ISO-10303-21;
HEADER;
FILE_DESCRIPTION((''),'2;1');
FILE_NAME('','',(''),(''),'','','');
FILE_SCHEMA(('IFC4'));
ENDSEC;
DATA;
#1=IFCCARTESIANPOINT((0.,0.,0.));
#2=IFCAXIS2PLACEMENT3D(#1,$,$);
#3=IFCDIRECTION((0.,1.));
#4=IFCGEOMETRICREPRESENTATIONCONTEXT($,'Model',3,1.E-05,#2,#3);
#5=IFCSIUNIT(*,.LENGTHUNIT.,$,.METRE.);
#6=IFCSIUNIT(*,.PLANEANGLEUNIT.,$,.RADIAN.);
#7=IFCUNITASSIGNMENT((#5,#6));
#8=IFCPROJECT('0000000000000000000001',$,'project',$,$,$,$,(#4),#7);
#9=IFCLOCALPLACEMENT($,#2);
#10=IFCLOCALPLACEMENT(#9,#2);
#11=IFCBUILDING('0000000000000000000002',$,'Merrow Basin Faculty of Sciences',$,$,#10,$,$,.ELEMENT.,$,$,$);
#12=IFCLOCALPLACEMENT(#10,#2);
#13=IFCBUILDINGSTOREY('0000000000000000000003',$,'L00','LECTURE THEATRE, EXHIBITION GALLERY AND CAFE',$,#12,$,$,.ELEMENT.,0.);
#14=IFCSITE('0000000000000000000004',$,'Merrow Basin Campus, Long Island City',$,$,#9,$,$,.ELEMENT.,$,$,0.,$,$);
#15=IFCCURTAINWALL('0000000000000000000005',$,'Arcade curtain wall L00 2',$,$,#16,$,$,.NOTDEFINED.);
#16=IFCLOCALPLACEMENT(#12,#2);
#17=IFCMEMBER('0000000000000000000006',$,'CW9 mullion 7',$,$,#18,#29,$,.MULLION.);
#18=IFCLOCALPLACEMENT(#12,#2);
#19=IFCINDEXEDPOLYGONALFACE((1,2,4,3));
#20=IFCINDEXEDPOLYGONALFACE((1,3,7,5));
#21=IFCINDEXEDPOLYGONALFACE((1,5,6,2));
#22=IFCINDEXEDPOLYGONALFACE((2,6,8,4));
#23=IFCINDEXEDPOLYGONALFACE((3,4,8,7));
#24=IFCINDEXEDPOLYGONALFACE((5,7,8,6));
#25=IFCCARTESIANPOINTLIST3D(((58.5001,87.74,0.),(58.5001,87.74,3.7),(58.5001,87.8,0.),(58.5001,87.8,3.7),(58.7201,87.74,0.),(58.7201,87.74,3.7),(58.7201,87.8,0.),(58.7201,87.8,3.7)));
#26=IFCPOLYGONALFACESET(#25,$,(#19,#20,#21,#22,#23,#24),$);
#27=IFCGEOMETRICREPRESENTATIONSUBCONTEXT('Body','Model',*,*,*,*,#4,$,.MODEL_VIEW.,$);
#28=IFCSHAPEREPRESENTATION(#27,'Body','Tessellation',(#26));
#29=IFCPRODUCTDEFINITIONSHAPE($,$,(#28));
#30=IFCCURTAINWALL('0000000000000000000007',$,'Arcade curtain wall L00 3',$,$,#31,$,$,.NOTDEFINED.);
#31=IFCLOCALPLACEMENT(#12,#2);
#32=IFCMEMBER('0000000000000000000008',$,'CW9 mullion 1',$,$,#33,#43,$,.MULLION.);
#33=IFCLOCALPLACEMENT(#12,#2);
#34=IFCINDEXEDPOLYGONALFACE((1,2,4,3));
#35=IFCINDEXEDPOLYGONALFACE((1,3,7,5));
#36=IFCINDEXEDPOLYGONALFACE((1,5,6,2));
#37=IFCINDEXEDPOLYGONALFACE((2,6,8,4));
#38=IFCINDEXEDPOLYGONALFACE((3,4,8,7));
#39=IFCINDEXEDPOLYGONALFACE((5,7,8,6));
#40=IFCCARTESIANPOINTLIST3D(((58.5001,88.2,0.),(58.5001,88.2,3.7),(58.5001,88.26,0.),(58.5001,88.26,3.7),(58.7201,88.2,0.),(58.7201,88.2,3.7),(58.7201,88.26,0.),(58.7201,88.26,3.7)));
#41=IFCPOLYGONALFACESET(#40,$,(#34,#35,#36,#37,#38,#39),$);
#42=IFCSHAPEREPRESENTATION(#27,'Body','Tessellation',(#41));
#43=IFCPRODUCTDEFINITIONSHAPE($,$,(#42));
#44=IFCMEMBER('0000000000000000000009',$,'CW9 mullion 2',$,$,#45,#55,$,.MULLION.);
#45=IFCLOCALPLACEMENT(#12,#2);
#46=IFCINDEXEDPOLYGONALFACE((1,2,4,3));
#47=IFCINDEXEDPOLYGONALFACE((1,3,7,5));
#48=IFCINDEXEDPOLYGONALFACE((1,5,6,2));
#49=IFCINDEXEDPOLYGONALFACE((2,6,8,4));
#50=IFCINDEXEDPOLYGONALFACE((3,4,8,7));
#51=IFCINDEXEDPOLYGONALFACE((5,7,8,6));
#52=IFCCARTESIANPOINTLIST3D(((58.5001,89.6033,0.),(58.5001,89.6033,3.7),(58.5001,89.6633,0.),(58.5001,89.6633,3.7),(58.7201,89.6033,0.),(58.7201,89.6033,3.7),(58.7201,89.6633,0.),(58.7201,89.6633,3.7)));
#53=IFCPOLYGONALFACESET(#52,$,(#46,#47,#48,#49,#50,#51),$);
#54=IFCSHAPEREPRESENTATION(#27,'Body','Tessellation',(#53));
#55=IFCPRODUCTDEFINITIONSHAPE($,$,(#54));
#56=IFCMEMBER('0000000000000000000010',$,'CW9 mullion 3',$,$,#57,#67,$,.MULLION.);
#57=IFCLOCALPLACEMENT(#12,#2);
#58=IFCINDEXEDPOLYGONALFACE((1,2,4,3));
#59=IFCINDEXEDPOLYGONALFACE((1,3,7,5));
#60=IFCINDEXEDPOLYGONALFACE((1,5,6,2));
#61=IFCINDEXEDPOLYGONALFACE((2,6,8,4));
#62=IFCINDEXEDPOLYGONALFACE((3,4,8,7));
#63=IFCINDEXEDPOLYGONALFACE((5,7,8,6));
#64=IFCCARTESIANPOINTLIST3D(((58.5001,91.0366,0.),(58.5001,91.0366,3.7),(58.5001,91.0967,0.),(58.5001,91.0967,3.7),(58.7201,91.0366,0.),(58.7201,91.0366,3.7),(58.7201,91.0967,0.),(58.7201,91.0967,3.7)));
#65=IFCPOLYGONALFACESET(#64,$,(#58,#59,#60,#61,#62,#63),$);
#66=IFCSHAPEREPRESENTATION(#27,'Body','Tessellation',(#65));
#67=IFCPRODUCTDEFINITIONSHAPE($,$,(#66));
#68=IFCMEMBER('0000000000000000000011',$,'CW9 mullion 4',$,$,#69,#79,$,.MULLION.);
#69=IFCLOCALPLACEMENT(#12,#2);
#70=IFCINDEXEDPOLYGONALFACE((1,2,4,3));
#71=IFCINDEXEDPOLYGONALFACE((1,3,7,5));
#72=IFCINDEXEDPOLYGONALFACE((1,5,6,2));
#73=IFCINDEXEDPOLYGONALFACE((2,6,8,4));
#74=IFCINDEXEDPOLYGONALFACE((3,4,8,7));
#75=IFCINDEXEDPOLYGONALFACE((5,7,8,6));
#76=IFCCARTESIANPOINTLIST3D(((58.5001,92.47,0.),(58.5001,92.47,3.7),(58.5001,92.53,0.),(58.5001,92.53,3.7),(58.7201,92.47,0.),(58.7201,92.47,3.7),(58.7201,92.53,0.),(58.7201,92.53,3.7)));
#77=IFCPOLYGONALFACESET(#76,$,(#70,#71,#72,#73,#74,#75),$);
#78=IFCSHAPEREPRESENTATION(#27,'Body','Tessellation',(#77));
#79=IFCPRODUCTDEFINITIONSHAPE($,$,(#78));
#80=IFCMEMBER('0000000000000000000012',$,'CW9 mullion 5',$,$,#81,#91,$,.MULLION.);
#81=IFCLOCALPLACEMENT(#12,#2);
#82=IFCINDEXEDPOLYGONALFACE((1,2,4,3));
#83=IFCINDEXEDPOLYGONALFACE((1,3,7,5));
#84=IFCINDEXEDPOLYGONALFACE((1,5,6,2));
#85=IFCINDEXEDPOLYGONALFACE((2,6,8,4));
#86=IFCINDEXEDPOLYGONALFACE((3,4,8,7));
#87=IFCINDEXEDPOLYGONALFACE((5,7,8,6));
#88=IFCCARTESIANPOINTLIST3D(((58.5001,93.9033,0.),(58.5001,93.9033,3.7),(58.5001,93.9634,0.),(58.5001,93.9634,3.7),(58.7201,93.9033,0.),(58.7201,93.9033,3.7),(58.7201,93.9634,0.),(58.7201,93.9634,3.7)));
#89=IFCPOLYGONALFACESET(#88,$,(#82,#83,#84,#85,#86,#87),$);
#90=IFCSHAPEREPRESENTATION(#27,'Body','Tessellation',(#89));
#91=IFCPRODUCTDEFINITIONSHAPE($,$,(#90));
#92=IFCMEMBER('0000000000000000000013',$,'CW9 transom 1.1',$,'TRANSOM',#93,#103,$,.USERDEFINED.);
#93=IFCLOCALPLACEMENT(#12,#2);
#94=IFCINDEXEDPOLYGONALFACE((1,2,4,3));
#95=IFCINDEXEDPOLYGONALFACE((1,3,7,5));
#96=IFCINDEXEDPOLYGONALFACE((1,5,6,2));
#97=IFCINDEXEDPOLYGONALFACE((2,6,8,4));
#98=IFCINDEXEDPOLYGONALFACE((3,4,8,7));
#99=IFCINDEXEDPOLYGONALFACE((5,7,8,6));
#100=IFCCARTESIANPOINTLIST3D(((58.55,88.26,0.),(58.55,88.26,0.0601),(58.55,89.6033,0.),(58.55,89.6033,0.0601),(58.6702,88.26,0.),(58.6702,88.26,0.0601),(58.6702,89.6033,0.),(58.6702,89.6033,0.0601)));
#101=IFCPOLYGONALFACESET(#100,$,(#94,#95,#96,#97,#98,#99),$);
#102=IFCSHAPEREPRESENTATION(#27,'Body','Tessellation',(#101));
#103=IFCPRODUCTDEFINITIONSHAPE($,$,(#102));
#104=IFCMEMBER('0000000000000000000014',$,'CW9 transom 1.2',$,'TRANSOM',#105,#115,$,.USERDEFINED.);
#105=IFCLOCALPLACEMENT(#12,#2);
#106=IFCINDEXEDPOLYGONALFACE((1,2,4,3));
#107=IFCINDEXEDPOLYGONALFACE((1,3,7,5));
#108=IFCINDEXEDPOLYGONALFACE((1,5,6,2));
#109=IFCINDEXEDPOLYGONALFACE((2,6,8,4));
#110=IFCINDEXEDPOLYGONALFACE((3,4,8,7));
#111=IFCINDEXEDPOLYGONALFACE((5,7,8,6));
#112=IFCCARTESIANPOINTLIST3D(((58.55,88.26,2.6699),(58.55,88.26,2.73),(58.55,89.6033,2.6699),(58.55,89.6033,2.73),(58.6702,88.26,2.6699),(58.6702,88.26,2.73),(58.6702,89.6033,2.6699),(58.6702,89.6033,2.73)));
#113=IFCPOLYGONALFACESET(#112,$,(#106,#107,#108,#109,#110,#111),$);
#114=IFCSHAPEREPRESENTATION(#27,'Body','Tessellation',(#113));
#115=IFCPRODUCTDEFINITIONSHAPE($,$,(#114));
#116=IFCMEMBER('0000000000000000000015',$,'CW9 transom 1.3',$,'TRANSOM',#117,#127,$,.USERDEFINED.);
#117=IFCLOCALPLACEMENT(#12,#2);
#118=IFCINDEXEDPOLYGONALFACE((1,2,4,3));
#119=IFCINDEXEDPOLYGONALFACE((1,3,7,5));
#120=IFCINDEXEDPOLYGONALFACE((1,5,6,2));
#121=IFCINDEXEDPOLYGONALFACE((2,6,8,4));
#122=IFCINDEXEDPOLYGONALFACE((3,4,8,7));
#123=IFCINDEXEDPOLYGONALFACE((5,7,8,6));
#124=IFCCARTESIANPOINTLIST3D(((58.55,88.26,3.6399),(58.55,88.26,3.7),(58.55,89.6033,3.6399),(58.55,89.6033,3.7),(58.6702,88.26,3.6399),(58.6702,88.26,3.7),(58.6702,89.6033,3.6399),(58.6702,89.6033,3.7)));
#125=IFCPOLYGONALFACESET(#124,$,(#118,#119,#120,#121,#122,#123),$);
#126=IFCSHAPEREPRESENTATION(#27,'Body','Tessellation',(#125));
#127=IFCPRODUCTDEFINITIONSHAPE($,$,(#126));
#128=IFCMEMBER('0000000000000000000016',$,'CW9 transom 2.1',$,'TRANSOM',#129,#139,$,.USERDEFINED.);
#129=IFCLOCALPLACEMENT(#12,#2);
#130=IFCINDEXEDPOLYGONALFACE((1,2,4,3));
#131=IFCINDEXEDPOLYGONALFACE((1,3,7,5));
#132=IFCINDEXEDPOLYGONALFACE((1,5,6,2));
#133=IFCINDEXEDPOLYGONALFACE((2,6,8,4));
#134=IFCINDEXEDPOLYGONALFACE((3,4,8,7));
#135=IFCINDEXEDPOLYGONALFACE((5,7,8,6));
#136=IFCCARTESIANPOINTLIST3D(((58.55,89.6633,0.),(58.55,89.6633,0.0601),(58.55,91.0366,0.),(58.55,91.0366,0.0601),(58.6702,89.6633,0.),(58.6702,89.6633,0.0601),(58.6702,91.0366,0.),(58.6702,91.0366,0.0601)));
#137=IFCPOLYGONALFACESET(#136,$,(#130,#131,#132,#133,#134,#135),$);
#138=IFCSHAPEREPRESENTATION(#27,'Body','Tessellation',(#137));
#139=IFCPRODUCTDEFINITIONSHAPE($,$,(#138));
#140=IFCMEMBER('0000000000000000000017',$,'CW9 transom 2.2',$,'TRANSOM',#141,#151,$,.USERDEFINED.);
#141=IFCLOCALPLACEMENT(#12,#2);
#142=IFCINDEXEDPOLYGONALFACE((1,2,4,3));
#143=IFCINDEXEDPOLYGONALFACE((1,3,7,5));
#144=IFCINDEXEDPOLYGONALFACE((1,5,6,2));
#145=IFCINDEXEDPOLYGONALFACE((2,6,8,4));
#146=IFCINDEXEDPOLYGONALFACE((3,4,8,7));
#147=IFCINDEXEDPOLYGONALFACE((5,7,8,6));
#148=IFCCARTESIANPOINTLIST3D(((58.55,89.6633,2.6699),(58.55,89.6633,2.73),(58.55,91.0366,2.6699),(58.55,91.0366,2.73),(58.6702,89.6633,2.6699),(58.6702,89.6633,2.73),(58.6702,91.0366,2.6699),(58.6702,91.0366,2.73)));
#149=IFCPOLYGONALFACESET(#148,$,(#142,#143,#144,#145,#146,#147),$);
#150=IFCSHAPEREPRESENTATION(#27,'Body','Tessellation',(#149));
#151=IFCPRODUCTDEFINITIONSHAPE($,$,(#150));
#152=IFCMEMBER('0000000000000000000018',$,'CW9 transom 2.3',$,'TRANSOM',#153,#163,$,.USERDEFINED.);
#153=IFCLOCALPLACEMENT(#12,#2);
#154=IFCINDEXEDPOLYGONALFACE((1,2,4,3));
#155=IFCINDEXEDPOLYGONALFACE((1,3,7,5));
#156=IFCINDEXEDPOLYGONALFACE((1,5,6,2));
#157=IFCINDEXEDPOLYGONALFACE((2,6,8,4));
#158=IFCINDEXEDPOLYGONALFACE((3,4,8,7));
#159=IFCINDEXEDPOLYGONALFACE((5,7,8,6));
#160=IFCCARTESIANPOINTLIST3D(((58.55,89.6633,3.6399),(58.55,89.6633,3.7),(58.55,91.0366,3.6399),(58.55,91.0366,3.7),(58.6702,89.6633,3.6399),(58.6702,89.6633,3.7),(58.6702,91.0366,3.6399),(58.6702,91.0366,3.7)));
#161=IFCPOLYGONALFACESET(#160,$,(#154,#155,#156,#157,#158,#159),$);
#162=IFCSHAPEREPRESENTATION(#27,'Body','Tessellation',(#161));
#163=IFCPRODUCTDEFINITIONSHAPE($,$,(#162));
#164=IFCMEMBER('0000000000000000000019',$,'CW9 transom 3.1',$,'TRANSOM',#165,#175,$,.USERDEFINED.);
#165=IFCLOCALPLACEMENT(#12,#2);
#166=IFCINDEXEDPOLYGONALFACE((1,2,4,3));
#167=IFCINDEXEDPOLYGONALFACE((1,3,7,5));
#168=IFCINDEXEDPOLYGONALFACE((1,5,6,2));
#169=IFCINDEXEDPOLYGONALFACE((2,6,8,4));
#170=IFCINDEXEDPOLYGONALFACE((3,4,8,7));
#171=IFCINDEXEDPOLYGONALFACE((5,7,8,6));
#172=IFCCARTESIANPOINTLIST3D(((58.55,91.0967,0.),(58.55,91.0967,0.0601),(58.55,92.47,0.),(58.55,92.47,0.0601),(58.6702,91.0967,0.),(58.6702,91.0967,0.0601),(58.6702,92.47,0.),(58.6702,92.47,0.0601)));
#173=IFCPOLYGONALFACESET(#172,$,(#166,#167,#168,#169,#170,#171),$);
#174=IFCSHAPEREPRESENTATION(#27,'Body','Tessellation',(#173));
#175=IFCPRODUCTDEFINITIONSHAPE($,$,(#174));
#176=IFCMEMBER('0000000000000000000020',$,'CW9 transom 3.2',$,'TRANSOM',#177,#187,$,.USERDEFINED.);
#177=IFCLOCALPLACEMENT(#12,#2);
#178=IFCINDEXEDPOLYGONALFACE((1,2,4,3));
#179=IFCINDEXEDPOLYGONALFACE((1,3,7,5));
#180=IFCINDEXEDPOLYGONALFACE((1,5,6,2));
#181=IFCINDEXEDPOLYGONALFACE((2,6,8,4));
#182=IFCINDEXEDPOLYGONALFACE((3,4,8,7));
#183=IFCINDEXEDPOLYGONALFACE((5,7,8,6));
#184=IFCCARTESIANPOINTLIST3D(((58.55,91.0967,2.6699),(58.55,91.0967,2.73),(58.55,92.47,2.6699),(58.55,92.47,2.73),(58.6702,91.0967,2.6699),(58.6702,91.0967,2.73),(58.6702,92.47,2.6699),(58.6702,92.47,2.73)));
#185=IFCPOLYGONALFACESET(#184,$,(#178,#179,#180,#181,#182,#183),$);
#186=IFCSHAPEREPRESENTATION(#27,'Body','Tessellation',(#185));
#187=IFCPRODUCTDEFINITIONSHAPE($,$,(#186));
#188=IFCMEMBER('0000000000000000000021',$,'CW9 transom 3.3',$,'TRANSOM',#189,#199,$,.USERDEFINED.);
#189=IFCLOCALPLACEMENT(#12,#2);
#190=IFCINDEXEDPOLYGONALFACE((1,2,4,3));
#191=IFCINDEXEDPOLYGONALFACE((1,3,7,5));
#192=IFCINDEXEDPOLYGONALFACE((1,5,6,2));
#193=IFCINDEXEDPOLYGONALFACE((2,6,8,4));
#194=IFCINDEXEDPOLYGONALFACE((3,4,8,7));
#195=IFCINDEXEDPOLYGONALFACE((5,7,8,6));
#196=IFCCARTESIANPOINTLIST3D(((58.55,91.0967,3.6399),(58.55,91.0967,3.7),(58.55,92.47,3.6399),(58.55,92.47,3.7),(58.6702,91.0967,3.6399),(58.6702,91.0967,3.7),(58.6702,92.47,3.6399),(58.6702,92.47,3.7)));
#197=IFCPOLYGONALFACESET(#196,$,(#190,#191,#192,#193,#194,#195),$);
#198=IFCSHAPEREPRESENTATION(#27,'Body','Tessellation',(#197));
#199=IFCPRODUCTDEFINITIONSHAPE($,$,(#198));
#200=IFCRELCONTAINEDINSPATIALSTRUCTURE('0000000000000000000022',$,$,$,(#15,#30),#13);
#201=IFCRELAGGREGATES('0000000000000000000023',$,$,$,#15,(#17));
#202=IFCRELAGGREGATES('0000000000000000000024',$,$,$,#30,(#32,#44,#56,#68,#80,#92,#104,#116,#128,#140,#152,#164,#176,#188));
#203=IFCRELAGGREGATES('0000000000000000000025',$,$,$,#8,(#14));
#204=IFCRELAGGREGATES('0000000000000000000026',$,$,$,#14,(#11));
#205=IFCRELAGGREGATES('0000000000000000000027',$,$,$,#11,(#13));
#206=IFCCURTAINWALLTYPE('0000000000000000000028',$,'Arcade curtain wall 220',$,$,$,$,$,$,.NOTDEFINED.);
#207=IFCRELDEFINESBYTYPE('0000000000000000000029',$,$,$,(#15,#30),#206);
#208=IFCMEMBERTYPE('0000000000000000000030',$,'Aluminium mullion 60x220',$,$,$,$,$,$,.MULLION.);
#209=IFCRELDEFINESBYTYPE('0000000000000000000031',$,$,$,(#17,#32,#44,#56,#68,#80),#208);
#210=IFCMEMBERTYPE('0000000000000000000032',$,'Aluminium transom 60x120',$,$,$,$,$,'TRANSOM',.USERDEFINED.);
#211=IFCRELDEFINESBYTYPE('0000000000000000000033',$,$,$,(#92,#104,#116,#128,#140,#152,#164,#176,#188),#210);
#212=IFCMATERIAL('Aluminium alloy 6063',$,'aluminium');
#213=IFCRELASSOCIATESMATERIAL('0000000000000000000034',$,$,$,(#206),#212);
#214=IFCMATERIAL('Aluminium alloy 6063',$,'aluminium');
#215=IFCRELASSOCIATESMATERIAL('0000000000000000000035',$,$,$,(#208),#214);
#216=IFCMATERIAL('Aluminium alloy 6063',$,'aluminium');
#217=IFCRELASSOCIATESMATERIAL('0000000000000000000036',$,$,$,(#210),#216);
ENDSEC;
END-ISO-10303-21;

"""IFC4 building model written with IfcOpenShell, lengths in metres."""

from ifc_helpers import new_model, si_unit, direction, frame, origin, origin_2d, place, context, subcontext, project, spatial, rectangle, extrude, material, material_profile, profile_set, type_object, element, aggregate, save


model = new_model("IFC4")

# Units and contexts
model_context = context("Model", 3, precision=1e-05, world=origin(), true_north=direction((0.0, 1.0)))
body_context = subcontext(model_context, "Body", "Model", "MODEL_VIEW")
ifc_project = project(units=[si_unit("LENGTHUNIT", "METRE"), si_unit("PLANEANGLEUNIT", "RADIAN")], contexts=[model_context])

# Site, building, storey
site_placement = place(None, origin())
site = spatial("IfcSite", under=ifc_project, at=site_placement, Name="Merrow Basin Campus, Long Island City", CompositionType="ELEMENT", RefElevation=0.0)
building_placement = place(site_placement, origin())
building = spatial("IfcBuilding", under=site, at=building_placement, Name="Merrow Basin Faculty of Sciences", CompositionType="ELEMENT")
storey_placement = place(building_placement, origin())
storey = spatial("IfcBuildingStorey", under=building, at=storey_placement, Name="L00", Description="LECTURE THEATRE, EXHIBITION GALLERY AND CAFE", CompositionType="ELEMENT", Elevation=0.0)

# Curtain wall, member
ifc_material_1 = material(Name="Aluminium alloy 6063", Category="aluminium")
curtain_wall_type = type_object("IfcCurtainWallType", Name="Arcade curtain wall 220", PredefinedType="NOTDEFINED", material=ifc_material_1)
curtain_wall_1_placement = place(storey_placement, origin())
curtain_wall_1 = element("IfcCurtainWall", 1, at=curtain_wall_1_placement, inside=storey, type_object=curtain_wall_type, Name="Arcade curtain wall L00 2", PredefinedType="NOTDEFINED")
ifc_material_2 = material(Name="Aluminium alloy 6063", Category="aluminium")
ifc_material_profile_1 = material_profile(ifc_material_2, rectangle(XDim=0.22, YDim=0.0601, at=origin_2d()))
ifc_profile_set_1 = profile_set([ifc_material_profile_1], Name="Aluminium alloy 6063")
member_type_1 = type_object("IfcMemberType", Name="Aluminium mullion 60x220", PredefinedType="MULLION", material=ifc_profile_set_1)
member_1_placement = place(storey_placement, frame((58.6101, 87.77, 0.0), z_axis=(0.0, 0.0, 1.0), x_axis=(-1.0, 0.0, 0.0)))
member_1 = element("IfcMember", 2, at=member_1_placement, type_object=member_type_1, Name="CW9 mullion 7", PredefinedType="MULLION", context=body_context, shape_type="SweptSolid", body=[
    extrude(rectangle(XDim=0.22, YDim=0.0601, at=origin_2d()), origin(), (0.0, 0.0, 1.0), 3.7),
])
aggregate(curtain_wall_1, [member_1])

# Curtain wall, members
curtain_wall_2_placement = place(storey_placement, origin())
curtain_wall_2 = element("IfcCurtainWall", 3, at=curtain_wall_2_placement, inside=storey, type_object=curtain_wall_type, Name="Arcade curtain wall L00 3", PredefinedType="NOTDEFINED")
member_2_placement = place(storey_placement, frame((58.6101, 88.23, 0.0), z_axis=(0.0, 0.0, 1.0), x_axis=(-1.0, 0.0, 0.0)))
member_2 = element("IfcMember", 4, at=member_2_placement, type_object=member_type_1, Name="CW9 mullion 1", PredefinedType="MULLION", context=body_context, shape_type="SweptSolid", body=[
    extrude(rectangle(XDim=0.22, YDim=0.0601, at=origin_2d()), origin(), (0.0, 0.0, 1.0), 3.7),
])
member_3_placement = place(storey_placement, frame((58.6101, 89.6333, 0.0), z_axis=(0.0, 0.0, 1.0), x_axis=(-1.0, 0.0, 0.0)))
member_3 = element("IfcMember", 5, at=member_3_placement, type_object=member_type_1, Name="CW9 mullion 2", PredefinedType="MULLION", context=body_context, shape_type="SweptSolid", body=[
    extrude(rectangle(XDim=0.22, YDim=0.0601, at=origin_2d()), origin(), (0.0, 0.0, 1.0), 3.7),
])
member_4_placement = place(storey_placement, frame((58.6101, 91.0667, 0.0), z_axis=(0.0, 0.0, 1.0), x_axis=(-1.0, 0.0, 0.0)))
member_4 = element("IfcMember", 6, at=member_4_placement, type_object=member_type_1, Name="CW9 mullion 3", PredefinedType="MULLION", context=body_context, shape_type="SweptSolid", body=[
    extrude(rectangle(XDim=0.22, YDim=0.0601, at=origin_2d()), origin(), (0.0, 0.0, 1.0), 3.7),
])
member_5_placement = place(storey_placement, frame((58.6101, 92.5, 0.0), z_axis=(0.0, 0.0, 1.0), x_axis=(-1.0, 0.0, 0.0)))
member_5 = element("IfcMember", 7, at=member_5_placement, type_object=member_type_1, Name="CW9 mullion 4", PredefinedType="MULLION", context=body_context, shape_type="SweptSolid", body=[
    extrude(rectangle(XDim=0.22, YDim=0.0601, at=origin_2d()), origin(), (0.0, 0.0, 1.0), 3.7),
])
member_6_placement = place(storey_placement, frame((58.6101, 93.9333, 0.0), z_axis=(0.0, 0.0, 1.0), x_axis=(-1.0, 0.0, 0.0)))
member_6 = element("IfcMember", 8, at=member_6_placement, type_object=member_type_1, Name="CW9 mullion 5", PredefinedType="MULLION", context=body_context, shape_type="SweptSolid", body=[
    extrude(rectangle(XDim=0.22, YDim=0.0601, at=origin_2d()), origin(), (0.0, 0.0, 1.0), 3.7),
])
ifc_material_3 = material(Name="Aluminium alloy 6063", Category="aluminium")
ifc_material_profile_2 = material_profile(ifc_material_3, rectangle(XDim=0.1201, YDim=0.0601, at=origin_2d()))
ifc_profile_set_2 = profile_set([ifc_material_profile_2], Name="Aluminium alloy 6063")
member_type_2 = type_object("IfcMemberType", Name="Aluminium transom 60x120", ElementType="TRANSOM", PredefinedType="USERDEFINED", material=ifc_profile_set_2)
member_7_placement = place(storey_placement, frame((58.6101, 88.26, 0.03), z_axis=(0.0, 1.0, 0.0), x_axis=(-1.0, 0.0, 0.0)))
member_7 = element("IfcMember", 9, at=member_7_placement, type_object=member_type_2, Name="CW9 transom 1.1", ObjectType="TRANSOM", PredefinedType="USERDEFINED", context=body_context, shape_type="SweptSolid", body=[
    extrude(rectangle(XDim=0.1201, YDim=0.0601, at=origin_2d()), origin(), (0.0, 0.0, 1.0), 1.3433),
])
member_8_placement = place(storey_placement, frame((58.6101, 88.26, 2.7), z_axis=(0.0, 1.0, 0.0), x_axis=(-1.0, 0.0, 0.0)))
member_8 = element("IfcMember", 10, at=member_8_placement, type_object=member_type_2, Name="CW9 transom 1.2", ObjectType="TRANSOM", PredefinedType="USERDEFINED", context=body_context, shape_type="SweptSolid", body=[
    extrude(rectangle(XDim=0.1201, YDim=0.0601, at=origin_2d()), origin(), (0.0, 0.0, 1.0), 1.3433),
])
member_9_placement = place(storey_placement, frame((58.6101, 88.26, 3.6699), z_axis=(0.0, 1.0, 0.0), x_axis=(-1.0, 0.0, 0.0)))
member_9 = element("IfcMember", 11, at=member_9_placement, type_object=member_type_2, Name="CW9 transom 1.3", ObjectType="TRANSOM", PredefinedType="USERDEFINED", context=body_context, shape_type="SweptSolid", body=[
    extrude(rectangle(XDim=0.1201, YDim=0.0601, at=origin_2d()), origin(), (0.0, 0.0, 1.0), 1.3433),
])
member_10_placement = place(storey_placement, frame((58.6101, 89.6633, 0.03), z_axis=(0.0, 1.0, 0.0), x_axis=(-1.0, 0.0, 0.0)))
member_10 = element("IfcMember", 12, at=member_10_placement, type_object=member_type_2, Name="CW9 transom 2.1", ObjectType="TRANSOM", PredefinedType="USERDEFINED", context=body_context, shape_type="SweptSolid", body=[
    extrude(rectangle(XDim=0.1201, YDim=0.0601, at=origin_2d()), origin(), (0.0, 0.0, 1.0), 1.3733),
])
member_11_placement = place(storey_placement, frame((58.6101, 89.6633, 2.7), z_axis=(0.0, 1.0, 0.0), x_axis=(-1.0, 0.0, 0.0)))
member_11 = element("IfcMember", 13, at=member_11_placement, type_object=member_type_2, Name="CW9 transom 2.2", ObjectType="TRANSOM", PredefinedType="USERDEFINED", context=body_context, shape_type="SweptSolid", body=[
    extrude(rectangle(XDim=0.1201, YDim=0.0601, at=origin_2d()), origin(), (0.0, 0.0, 1.0), 1.3733),
])
member_12_placement = place(storey_placement, frame((58.6101, 89.6633, 3.6699), z_axis=(0.0, 1.0, 0.0), x_axis=(-1.0, 0.0, 0.0)))
member_12 = element("IfcMember", 14, at=member_12_placement, type_object=member_type_2, Name="CW9 transom 2.3", ObjectType="TRANSOM", PredefinedType="USERDEFINED", context=body_context, shape_type="SweptSolid", body=[
    extrude(rectangle(XDim=0.1201, YDim=0.0601, at=origin_2d()), origin(), (0.0, 0.0, 1.0), 1.3733),
])
member_13_placement = place(storey_placement, frame((58.6101, 91.0967, 0.03), z_axis=(0.0, 1.0, 0.0), x_axis=(-1.0, 0.0, 0.0)))
member_13 = element("IfcMember", 15, at=member_13_placement, type_object=member_type_2, Name="CW9 transom 3.1", ObjectType="TRANSOM", PredefinedType="USERDEFINED", context=body_context, shape_type="SweptSolid", body=[
    extrude(rectangle(XDim=0.1201, YDim=0.0601, at=origin_2d()), origin(), (0.0, 0.0, 1.0), 1.3733),
])
member_14_placement = place(storey_placement, frame((58.6101, 91.0967, 2.7), z_axis=(0.0, 1.0, 0.0), x_axis=(-1.0, 0.0, 0.0)))
member_14 = element("IfcMember", 16, at=member_14_placement, type_object=member_type_2, Name="CW9 transom 3.2", ObjectType="TRANSOM", PredefinedType="USERDEFINED", context=body_context, shape_type="SweptSolid", body=[
    extrude(rectangle(XDim=0.1201, YDim=0.0601, at=origin_2d()), origin(), (0.0, 0.0, 1.0), 1.3733),
])
member_15_placement = place(storey_placement, frame((58.6101, 91.0967, 3.6699), z_axis=(0.0, 1.0, 0.0), x_axis=(-1.0, 0.0, 0.0)))
member_15 = element("IfcMember", 17, at=member_15_placement, type_object=member_type_2, Name="CW9 transom 3.3", ObjectType="TRANSOM", PredefinedType="USERDEFINED", context=body_context, shape_type="SweptSolid", body=[
    extrude(rectangle(XDim=0.1201, YDim=0.0601, at=origin_2d()), origin(), (0.0, 0.0, 1.0), 1.3733),
])
aggregate(curtain_wall_2, [member_2, member_3, member_4, member_5, member_6, member_7, member_8, member_9, member_10, member_11, member_12, member_13, member_14, member_15])

save(model, "model.ifc")
